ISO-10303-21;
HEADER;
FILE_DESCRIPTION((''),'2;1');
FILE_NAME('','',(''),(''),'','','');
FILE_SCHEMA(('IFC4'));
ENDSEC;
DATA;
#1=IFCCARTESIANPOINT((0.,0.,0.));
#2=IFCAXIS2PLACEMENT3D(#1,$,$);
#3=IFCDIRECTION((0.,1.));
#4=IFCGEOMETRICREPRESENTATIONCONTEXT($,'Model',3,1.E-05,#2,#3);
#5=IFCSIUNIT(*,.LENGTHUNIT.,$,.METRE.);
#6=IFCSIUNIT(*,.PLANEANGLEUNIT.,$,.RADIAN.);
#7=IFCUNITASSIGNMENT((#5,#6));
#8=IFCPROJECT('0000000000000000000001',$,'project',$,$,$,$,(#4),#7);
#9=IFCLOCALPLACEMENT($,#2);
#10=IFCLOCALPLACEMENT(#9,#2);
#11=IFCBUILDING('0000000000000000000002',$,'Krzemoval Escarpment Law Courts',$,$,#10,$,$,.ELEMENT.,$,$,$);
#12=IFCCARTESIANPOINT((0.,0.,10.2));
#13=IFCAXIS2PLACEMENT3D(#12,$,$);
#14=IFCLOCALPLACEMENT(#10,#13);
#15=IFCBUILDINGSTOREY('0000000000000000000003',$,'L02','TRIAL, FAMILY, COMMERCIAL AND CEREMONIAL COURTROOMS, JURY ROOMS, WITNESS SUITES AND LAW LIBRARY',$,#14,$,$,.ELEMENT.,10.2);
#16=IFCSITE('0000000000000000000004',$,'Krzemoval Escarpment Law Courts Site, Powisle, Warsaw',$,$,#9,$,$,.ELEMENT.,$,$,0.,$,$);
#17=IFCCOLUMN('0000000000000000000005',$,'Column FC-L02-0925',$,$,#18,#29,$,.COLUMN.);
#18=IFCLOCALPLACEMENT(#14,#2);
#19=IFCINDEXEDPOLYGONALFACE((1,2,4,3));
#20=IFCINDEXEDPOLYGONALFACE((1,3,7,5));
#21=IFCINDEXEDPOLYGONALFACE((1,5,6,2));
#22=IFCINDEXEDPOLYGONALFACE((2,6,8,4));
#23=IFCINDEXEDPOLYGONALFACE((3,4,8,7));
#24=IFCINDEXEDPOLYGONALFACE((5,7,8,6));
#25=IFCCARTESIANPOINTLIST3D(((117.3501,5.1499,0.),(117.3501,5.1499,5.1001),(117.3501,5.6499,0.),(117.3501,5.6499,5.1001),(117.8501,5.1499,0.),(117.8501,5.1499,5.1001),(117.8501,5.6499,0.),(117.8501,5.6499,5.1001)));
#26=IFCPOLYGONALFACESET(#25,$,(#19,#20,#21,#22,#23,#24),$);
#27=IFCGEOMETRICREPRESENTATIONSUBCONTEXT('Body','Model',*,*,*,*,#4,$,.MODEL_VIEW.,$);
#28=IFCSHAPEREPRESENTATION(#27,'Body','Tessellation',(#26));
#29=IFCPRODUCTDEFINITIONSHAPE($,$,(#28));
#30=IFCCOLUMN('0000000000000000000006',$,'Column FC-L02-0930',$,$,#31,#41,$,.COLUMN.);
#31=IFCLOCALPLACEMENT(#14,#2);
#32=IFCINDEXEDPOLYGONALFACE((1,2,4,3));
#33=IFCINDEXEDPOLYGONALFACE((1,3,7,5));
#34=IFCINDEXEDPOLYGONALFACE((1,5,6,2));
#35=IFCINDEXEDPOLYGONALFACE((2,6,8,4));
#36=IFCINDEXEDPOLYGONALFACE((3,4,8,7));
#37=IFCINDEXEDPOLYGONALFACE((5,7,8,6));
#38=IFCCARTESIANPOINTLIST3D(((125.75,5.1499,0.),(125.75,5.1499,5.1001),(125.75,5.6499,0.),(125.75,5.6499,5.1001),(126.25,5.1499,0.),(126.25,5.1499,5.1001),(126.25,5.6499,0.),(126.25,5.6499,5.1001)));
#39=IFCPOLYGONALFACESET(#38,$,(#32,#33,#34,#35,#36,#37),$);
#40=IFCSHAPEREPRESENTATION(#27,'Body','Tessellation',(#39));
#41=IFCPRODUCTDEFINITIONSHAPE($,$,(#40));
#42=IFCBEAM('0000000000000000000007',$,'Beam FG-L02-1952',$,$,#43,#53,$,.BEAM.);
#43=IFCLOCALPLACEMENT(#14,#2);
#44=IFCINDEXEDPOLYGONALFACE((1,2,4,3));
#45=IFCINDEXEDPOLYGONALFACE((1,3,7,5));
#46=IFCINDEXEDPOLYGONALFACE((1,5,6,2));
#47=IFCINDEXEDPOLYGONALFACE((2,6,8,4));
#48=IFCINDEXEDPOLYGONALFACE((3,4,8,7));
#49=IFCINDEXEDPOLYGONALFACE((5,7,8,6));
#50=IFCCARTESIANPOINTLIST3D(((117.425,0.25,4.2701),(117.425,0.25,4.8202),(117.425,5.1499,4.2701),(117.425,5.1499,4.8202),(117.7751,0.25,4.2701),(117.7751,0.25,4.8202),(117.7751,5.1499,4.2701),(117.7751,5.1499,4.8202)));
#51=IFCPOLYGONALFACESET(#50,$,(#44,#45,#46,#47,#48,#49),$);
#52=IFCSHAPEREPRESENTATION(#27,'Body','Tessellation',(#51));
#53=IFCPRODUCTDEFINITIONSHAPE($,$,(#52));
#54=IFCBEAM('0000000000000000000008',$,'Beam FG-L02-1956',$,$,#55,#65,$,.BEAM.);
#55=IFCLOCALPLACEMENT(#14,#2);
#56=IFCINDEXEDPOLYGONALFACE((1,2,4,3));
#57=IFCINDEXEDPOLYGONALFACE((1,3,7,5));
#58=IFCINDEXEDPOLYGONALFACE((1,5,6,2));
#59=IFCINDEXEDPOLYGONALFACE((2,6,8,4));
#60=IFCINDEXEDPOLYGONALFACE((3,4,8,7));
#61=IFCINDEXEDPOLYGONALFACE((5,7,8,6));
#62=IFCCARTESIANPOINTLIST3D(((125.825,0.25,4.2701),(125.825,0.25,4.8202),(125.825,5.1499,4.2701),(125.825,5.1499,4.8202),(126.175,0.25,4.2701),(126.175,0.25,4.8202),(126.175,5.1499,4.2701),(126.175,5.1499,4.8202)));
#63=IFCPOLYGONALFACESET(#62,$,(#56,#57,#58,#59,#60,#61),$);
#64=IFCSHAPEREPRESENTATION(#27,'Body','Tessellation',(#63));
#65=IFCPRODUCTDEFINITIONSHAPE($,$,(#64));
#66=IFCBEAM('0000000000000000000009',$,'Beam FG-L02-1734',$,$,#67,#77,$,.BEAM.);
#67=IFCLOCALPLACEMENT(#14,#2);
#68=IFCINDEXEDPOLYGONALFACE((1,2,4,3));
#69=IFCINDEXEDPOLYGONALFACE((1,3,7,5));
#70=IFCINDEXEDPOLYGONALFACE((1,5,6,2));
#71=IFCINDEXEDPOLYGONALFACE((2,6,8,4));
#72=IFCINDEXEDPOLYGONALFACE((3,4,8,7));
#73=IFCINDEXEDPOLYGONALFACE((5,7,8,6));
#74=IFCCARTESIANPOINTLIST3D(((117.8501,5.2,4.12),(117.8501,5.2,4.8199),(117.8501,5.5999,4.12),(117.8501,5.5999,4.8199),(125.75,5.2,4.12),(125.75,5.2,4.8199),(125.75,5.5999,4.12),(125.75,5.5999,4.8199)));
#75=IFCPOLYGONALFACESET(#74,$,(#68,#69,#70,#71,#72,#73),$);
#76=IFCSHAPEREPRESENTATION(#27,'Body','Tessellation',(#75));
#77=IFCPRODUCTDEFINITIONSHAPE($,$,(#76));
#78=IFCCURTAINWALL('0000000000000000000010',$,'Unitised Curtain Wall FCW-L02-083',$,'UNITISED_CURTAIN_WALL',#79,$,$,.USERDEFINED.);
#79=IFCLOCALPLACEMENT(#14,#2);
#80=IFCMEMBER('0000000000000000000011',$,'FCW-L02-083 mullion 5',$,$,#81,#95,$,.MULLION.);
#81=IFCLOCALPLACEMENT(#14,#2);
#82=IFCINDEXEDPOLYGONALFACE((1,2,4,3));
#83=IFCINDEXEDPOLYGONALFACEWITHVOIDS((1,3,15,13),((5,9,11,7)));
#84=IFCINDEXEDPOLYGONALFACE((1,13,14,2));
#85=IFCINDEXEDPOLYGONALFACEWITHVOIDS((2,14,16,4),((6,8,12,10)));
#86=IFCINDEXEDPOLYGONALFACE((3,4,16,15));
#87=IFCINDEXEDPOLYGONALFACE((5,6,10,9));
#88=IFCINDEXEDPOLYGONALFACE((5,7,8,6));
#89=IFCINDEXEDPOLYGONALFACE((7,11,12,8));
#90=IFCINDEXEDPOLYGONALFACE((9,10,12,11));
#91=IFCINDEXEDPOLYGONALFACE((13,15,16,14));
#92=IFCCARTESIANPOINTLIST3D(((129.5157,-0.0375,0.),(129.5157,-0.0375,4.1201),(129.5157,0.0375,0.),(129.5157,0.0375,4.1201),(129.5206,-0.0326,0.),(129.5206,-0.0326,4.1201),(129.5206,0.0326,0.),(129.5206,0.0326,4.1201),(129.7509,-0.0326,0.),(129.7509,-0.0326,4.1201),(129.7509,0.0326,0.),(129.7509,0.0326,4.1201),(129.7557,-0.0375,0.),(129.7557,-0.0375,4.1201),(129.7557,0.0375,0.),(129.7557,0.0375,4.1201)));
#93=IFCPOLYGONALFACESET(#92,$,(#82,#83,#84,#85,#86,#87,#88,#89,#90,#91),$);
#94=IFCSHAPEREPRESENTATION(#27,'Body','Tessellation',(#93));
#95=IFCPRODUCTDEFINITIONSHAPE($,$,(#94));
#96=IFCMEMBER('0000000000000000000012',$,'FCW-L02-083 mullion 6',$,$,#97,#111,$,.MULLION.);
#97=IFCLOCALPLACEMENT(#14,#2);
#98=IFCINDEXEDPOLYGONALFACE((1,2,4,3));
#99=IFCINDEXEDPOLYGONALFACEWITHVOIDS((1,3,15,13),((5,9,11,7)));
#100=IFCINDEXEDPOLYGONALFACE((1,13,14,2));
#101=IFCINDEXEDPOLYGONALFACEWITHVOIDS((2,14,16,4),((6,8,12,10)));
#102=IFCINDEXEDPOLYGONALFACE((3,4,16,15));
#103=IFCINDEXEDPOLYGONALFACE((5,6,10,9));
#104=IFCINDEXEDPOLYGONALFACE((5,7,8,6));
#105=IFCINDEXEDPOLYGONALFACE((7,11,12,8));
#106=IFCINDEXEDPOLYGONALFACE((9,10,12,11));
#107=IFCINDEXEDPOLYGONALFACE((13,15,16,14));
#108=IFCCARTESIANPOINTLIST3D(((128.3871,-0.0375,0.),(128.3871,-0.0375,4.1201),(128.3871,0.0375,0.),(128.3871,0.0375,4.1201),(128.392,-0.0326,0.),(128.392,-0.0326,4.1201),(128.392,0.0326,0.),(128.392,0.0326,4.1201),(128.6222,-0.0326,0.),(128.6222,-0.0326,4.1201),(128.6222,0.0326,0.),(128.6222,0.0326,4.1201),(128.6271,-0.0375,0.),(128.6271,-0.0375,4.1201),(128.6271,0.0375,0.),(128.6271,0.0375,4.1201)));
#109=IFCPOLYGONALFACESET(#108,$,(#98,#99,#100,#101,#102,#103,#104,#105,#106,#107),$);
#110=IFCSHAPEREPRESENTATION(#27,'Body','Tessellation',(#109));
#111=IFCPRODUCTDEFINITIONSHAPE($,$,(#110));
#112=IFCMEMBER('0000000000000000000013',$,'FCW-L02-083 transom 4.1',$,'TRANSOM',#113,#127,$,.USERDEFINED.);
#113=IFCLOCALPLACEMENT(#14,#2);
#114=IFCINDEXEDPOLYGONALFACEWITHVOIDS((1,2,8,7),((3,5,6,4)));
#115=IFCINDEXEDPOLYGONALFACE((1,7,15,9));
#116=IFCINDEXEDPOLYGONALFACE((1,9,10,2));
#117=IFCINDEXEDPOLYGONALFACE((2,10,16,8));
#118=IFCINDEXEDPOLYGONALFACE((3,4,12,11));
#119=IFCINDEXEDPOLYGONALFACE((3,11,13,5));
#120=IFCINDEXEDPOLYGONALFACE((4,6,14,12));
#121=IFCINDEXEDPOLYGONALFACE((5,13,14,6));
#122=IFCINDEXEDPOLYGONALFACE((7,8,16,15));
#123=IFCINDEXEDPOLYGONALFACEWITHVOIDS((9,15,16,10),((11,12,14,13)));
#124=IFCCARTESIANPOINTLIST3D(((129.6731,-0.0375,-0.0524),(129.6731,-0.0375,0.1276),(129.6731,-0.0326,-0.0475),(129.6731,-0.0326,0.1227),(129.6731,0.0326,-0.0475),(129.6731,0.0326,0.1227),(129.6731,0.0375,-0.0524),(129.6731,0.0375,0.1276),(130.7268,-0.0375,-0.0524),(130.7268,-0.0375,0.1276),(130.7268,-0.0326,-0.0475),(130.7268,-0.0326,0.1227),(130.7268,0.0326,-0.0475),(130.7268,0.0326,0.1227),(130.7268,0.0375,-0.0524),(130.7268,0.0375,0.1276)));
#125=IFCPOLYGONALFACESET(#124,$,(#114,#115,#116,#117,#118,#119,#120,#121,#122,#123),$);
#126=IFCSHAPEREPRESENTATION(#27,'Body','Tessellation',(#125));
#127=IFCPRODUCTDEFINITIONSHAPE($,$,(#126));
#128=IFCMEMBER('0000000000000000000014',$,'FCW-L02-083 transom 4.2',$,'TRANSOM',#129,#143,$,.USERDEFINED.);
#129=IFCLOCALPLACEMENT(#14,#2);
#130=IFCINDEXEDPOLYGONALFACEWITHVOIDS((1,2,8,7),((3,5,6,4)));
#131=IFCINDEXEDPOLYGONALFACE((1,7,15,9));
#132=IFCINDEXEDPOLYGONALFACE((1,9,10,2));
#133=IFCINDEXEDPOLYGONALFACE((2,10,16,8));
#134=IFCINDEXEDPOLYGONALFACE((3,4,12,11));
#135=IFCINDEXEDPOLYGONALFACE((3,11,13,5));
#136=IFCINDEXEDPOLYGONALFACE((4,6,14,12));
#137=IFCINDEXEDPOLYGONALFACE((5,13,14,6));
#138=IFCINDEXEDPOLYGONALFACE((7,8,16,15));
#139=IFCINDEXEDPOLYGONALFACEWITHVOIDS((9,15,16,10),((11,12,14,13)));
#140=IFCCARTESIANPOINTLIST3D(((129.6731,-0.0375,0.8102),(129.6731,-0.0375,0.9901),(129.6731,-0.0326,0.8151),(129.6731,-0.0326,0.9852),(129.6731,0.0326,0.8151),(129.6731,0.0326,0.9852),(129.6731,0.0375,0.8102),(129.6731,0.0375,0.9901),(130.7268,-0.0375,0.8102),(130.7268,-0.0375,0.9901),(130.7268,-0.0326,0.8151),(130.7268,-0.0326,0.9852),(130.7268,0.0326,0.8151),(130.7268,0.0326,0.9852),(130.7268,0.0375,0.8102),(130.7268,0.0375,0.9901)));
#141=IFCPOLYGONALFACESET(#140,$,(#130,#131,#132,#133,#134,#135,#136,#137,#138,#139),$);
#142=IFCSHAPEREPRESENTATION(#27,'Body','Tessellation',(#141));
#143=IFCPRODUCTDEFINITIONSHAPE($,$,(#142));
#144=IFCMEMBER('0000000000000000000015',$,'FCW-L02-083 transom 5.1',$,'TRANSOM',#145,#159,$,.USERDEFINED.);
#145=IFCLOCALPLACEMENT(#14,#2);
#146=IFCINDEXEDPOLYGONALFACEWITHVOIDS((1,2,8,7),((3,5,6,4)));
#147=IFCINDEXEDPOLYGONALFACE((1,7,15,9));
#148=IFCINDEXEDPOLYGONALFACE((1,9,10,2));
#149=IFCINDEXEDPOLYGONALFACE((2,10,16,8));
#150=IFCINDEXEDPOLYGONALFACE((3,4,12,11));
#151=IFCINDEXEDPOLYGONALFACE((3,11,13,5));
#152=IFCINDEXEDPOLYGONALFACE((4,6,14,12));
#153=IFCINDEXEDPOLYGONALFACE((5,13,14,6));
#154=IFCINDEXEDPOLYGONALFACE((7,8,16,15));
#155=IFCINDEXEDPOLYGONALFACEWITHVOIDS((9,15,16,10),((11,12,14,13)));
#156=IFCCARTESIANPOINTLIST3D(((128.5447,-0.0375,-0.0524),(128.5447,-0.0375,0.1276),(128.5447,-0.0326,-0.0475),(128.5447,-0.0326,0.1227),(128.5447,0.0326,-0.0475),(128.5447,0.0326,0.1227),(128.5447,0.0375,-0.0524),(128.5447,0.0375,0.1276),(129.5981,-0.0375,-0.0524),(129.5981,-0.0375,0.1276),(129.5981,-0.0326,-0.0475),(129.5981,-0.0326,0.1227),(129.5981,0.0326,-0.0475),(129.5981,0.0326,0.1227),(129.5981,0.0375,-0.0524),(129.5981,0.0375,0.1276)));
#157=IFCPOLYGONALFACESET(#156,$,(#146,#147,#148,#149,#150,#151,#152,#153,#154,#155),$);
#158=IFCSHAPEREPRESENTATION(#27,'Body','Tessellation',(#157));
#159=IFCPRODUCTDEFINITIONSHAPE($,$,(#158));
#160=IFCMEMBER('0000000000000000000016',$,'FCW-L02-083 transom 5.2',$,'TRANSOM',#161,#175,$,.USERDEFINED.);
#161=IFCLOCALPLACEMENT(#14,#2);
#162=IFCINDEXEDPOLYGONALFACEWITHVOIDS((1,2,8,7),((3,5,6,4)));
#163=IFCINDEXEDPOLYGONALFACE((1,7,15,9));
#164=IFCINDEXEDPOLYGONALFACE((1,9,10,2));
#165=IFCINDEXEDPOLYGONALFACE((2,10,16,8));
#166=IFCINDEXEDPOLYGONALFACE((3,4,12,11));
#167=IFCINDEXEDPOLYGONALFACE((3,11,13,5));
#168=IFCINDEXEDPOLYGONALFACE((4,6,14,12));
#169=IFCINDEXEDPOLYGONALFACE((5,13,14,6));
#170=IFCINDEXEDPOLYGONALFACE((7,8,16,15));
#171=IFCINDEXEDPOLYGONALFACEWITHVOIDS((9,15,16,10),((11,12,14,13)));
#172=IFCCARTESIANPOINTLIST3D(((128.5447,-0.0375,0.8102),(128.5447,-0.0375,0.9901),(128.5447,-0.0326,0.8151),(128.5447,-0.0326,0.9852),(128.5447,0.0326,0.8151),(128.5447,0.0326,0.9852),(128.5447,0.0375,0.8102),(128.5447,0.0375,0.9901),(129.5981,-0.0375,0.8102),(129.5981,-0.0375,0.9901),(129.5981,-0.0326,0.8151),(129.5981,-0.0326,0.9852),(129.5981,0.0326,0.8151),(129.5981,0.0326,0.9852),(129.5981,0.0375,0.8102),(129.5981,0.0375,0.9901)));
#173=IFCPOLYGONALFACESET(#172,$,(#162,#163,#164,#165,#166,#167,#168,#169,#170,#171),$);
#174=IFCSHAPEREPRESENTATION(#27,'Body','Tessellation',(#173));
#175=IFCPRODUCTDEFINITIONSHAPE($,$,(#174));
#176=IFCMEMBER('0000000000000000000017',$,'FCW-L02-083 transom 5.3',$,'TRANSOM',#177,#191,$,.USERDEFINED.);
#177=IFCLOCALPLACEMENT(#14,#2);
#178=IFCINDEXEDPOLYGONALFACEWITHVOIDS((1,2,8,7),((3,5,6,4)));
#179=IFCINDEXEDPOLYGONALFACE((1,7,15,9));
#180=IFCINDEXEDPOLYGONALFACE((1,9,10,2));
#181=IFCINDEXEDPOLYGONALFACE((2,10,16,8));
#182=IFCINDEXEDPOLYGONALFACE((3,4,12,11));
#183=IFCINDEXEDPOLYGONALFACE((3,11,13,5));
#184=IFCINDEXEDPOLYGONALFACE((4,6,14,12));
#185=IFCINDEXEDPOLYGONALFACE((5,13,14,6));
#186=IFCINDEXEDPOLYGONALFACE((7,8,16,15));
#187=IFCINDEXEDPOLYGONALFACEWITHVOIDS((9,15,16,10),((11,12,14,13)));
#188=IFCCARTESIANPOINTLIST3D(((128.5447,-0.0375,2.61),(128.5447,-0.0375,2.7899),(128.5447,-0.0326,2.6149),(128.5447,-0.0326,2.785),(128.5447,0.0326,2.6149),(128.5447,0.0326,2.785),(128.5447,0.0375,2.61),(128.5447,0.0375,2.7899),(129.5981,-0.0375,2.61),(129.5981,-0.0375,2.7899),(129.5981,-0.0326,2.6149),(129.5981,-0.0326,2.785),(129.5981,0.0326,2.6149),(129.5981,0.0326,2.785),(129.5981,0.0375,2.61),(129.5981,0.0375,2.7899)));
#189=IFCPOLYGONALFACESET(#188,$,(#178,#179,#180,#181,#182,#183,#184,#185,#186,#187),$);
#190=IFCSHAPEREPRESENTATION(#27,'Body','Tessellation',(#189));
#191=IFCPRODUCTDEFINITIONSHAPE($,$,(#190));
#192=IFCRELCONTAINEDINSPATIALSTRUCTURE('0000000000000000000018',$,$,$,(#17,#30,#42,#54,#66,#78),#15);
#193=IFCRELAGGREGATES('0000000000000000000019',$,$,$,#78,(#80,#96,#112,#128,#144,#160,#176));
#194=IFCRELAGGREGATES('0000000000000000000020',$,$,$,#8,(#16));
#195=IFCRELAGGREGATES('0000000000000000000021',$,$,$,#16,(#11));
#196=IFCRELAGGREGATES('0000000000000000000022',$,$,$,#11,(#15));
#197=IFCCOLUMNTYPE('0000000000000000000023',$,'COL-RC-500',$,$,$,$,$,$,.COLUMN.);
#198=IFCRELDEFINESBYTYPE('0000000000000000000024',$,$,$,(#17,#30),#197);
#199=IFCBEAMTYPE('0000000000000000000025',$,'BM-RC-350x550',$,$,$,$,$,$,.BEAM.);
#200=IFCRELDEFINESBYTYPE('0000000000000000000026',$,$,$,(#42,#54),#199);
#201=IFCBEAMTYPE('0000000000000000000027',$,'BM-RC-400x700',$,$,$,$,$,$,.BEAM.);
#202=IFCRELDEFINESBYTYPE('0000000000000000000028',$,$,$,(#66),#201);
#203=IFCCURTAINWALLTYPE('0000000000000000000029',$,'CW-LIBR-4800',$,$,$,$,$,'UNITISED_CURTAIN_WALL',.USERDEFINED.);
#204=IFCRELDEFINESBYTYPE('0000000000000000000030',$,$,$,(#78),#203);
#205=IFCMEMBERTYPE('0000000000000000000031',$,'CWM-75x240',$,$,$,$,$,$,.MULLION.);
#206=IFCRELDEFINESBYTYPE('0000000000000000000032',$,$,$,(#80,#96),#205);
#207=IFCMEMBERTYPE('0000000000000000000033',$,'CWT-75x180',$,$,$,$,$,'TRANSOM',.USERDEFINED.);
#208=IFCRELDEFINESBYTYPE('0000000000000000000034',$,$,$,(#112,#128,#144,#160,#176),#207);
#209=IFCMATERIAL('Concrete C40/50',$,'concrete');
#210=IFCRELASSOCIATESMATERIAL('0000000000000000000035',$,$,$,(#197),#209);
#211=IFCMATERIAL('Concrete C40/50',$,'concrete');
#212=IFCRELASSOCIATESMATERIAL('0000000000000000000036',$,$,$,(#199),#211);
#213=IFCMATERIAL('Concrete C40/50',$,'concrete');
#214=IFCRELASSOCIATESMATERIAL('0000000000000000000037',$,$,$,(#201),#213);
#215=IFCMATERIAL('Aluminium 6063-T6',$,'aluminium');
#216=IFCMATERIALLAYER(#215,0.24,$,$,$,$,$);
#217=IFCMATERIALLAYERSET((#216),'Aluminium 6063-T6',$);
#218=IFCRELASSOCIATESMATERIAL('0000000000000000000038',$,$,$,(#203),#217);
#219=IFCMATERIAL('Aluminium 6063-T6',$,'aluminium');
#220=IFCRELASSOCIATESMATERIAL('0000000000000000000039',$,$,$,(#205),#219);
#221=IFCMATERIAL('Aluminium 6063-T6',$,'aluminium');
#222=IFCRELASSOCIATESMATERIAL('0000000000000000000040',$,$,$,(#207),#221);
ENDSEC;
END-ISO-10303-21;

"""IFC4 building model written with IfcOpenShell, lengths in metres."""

from ifc_helpers import new_model, si_unit, direction, frame, origin, origin_2d, place, context, subcontext, project, spatial, rectangle, hollow_rectangle, extrude, material, layer, layer_set, material_profile, profile_set, type_object, element, aggregate, save


model = new_model("IFC4")

# Units and contexts
model_context = context("Model", 3, precision=1e-05, world=origin(), true_north=direction((0.0, 1.0)))
body_context = subcontext(model_context, "Body", "Model", "MODEL_VIEW")
ifc_project = project(units=[si_unit("LENGTHUNIT", "METRE"), si_unit("PLANEANGLEUNIT", "RADIAN")], contexts=[model_context])

# Site, building, storey
site_placement = place(None, origin())
site = spatial("IfcSite", under=ifc_project, at=site_placement, Name="Krzemoval Escarpment Law Courts Site, Powisle, Warsaw", CompositionType="ELEMENT", RefElevation=0.0)
building_placement = place(site_placement, origin())
building = spatial("IfcBuilding", under=site, at=building_placement, Name="Krzemoval Escarpment Law Courts", CompositionType="ELEMENT")
storey_placement = place(building_placement, frame((0.0, 0.0, 10.2)))
storey = spatial("IfcBuildingStorey", under=building, at=storey_placement, Name="L02", Description="TRIAL, FAMILY, COMMERCIAL AND CEREMONIAL COURTROOMS, JURY ROOMS, WITNESS SUITES AND LAW LIBRARY", CompositionType="ELEMENT", Elevation=10.2)

# Columns
ifc_material_1 = material(Name="Concrete C40/50", Category="concrete")
ifc_material_profile_1 = material_profile(ifc_material_1, rectangle(XDim=0.5, YDim=0.5, at=origin_2d()), Name="RC 500x500")
ifc_profile_set_1 = profile_set([ifc_material_profile_1], Name="Concrete C40/50")
column_type = type_object("IfcColumnType", Name="COL-RC-500", PredefinedType="COLUMN", material=ifc_profile_set_1)
for number, where, z_axis, x_axis, name in (
    (1, (117.6001, 5.3999, 0.0), (0.0, 0.0, 1.0), (1.0, 0.0, 0.0), "Column FC-L02-0925"),
    (2, (126.0, 5.3999, 0.0), (0.0, 0.0, 1.0), (1.0, 0.0, 0.0), "Column FC-L02-0930"),
):
    element("IfcColumn", number, at=place(storey_placement, frame(where, z_axis=z_axis, x_axis=x_axis)), inside=storey, type_object=column_type, Name=name, PredefinedType="COLUMN", context=body_context, shape_type="SweptSolid", body=[
        extrude(rectangle(XDim=0.5, YDim=0.5, at=origin_2d()), origin(), (0.0, 0.0, 1.0), 5.1001),
    ])

# Beams
ifc_material_2 = material(Name="Concrete C40/50", Category="concrete")
ifc_material_profile_2 = material_profile(ifc_material_2, rectangle(XDim=0.3501, YDim=0.55, at=origin_2d()), Name="RCB 350x550")
ifc_profile_set_2 = profile_set([ifc_material_profile_2], Name="Concrete C40/50")
beam_type_1 = type_object("IfcBeamType", Name="BM-RC-350x550", PredefinedType="BEAM", material=ifc_profile_set_2)
for number, where, z_axis, x_axis, name in (
    (3, (117.6001, 0.25, 4.5452), (0.0, 1.0, 0.0), (-1.0, 0.0, 0.0), "Beam FG-L02-1952"),
    (4, (126.0, 0.25, 4.5452), (0.0, 1.0, 0.0), (-1.0, 0.0, 0.0), "Beam FG-L02-1956"),
):
    element("IfcBeam", number, at=place(storey_placement, frame(where, z_axis=z_axis, x_axis=x_axis)), inside=storey, type_object=beam_type_1, Name=name, PredefinedType="BEAM", context=body_context, shape_type="SweptSolid", body=[
        extrude(rectangle(XDim=0.3501, YDim=0.55, at=origin_2d()), origin(), (0.0, 0.0, 1.0), 4.8999),
    ])
ifc_material_3 = material(Name="Concrete C40/50", Category="concrete")
ifc_material_profile_3 = material_profile(ifc_material_3, rectangle(XDim=0.3999, YDim=0.7, at=origin_2d()), Name="RCB 400x700")
ifc_profile_set_3 = profile_set([ifc_material_profile_3], Name="Concrete C40/50")
beam_type_2 = type_object("IfcBeamType", Name="BM-RC-400x700", PredefinedType="BEAM", material=ifc_profile_set_3)
beam_placement = place(storey_placement, frame((117.8501, 5.3999, 4.47), z_axis=(1.0, 0.0, 0.0), x_axis=(0.0, 1.0, 0.0)))
element("IfcBeam", 5, at=beam_placement, inside=storey, type_object=beam_type_2, Name="Beam FG-L02-1734", PredefinedType="BEAM", context=body_context, shape_type="SweptSolid", body=[
    extrude(rectangle(XDim=0.3999, YDim=0.7, at=origin_2d()), origin(), (0.0, 0.0, 1.0), 7.8999),
])

# Curtain wall, members
ifc_material_4 = material(Name="Aluminium 6063-T6", Category="aluminium")
ifc_layer_1 = layer(ifc_material_4, 0.24)
ifc_layer_set_1 = layer_set([ifc_layer_1], Name="Aluminium 6063-T6")
curtain_wall_type = type_object("IfcCurtainWallType", Name="CW-LIBR-4800", ElementType="UNITISED_CURTAIN_WALL", PredefinedType="USERDEFINED", material=ifc_layer_set_1)
curtain_wall_placement = place(storey_placement, origin())
curtain_wall = element("IfcCurtainWall", 6, at=curtain_wall_placement, inside=storey, type_object=curtain_wall_type, Name="Unitised Curtain Wall FCW-L02-083", ObjectType="UNITISED_CURTAIN_WALL", PredefinedType="USERDEFINED")
ifc_material_5 = material(Name="Aluminium 6063-T6", Category="aluminium")
ifc_material_profile_4 = material_profile(ifc_material_5, hollow_rectangle(XDim=0.075, YDim=0.24, WallThickness=0.0049, at=origin_2d()), Name="ALU M75x240")
ifc_profile_set_4 = profile_set([ifc_material_profile_4], Name="Aluminium 6063-T6")
member_type_1 = type_object("IfcMemberType", Name="CWM-75x240", PredefinedType="MULLION", material=ifc_profile_set_4)
member_1_placement = place(storey_placement, frame((129.6357, 0.0, 0.0), z_axis=(0.0, 0.0, 1.0), x_axis=(0.0, -1.0, 0.0)))
member_1 = element("IfcMember", 7, at=member_1_placement, type_object=member_type_1, Name="FCW-L02-083 mullion 5", PredefinedType="MULLION", context=body_context, shape_type="SweptSolid", body=[
    extrude(hollow_rectangle(XDim=0.075, YDim=0.24, WallThickness=0.0049, at=origin_2d()), origin(), (0.0, 0.0, 1.0), 4.1201),
])
member_2_placement = place(storey_placement, frame((128.5071, 0.0, 0.0), z_axis=(0.0, 0.0, 1.0), x_axis=(0.0, -1.0, 0.0)))
member_2 = element("IfcMember", 8, at=member_2_placement, type_object=member_type_1, Name="FCW-L02-083 mullion 6", PredefinedType="MULLION", context=body_context, shape_type="SweptSolid", body=[
    extrude(hollow_rectangle(XDim=0.075, YDim=0.24, WallThickness=0.0049, at=origin_2d()), origin(), (0.0, 0.0, 1.0), 4.1201),
])
ifc_material_6 = material(Name="Aluminium 6063-T6", Category="aluminium")
ifc_material_profile_5 = material_profile(ifc_material_6, hollow_rectangle(XDim=0.075, YDim=0.1799, WallThickness=0.0049, at=origin_2d()), Name="ALU T75x180")
ifc_profile_set_5 = profile_set([ifc_material_profile_5], Name="Aluminium 6063-T6")
member_type_2 = type_object("IfcMemberType", Name="CWT-75x180", ElementType="TRANSOM", PredefinedType="USERDEFINED", material=ifc_profile_set_5)
member_3_placement = place(storey_placement, frame((130.7268, 0.0, 0.0376), z_axis=(-1.0, 0.0, 0.0), x_axis=(0.0, -1.0, 0.0)))
member_3 = element("IfcMember", 9, at=member_3_placement, type_object=member_type_2, Name="FCW-L02-083 transom 4.1", ObjectType="TRANSOM", PredefinedType="USERDEFINED", context=body_context, shape_type="SweptSolid", body=[
    extrude(hollow_rectangle(XDim=0.075, YDim=0.1799, WallThickness=0.0049, at=origin_2d()), origin(), (0.0, 0.0, 1.0), 1.0537),
])
member_4_placement = place(storey_placement, frame((130.7268, 0.0, 0.9001), z_axis=(-1.0, 0.0, 0.0), x_axis=(0.0, -1.0, 0.0)))
member_4 = element("IfcMember", 10, at=member_4_placement, type_object=member_type_2, Name="FCW-L02-083 transom 4.2", ObjectType="TRANSOM", PredefinedType="USERDEFINED", context=body_context, shape_type="SweptSolid", body=[
    extrude(hollow_rectangle(XDim=0.075, YDim=0.1799, WallThickness=0.0049, at=origin_2d()), origin(), (0.0, 0.0, 1.0), 1.0537),
])
member_5_placement = place(storey_placement, frame((129.5981, 0.0, 0.0376), z_axis=(-1.0, 0.0, 0.0), x_axis=(0.0, -1.0, 0.0)))
member_5 = element("IfcMember", 11, at=member_5_placement, type_object=member_type_2, Name="FCW-L02-083 transom 5.1", ObjectType="TRANSOM", PredefinedType="USERDEFINED", context=body_context, shape_type="SweptSolid", body=[
    extrude(hollow_rectangle(XDim=0.075, YDim=0.1799, WallThickness=0.0049, at=origin_2d()), origin(), (0.0, 0.0, 1.0), 1.0535),
])
member_6_placement = place(storey_placement, frame((129.5981, 0.0, 0.9001), z_axis=(-1.0, 0.0, 0.0), x_axis=(0.0, -1.0, 0.0)))
member_6 = element("IfcMember", 12, at=member_6_placement, type_object=member_type_2, Name="FCW-L02-083 transom 5.2", ObjectType="TRANSOM", PredefinedType="USERDEFINED", context=body_context, shape_type="SweptSolid", body=[
    extrude(hollow_rectangle(XDim=0.075, YDim=0.1799, WallThickness=0.0049, at=origin_2d()), origin(), (0.0, 0.0, 1.0), 1.0535),
])
member_7_placement = place(storey_placement, frame((129.5981, 0.0, 2.7), z_axis=(-1.0, 0.0, 0.0), x_axis=(0.0, -1.0, 0.0)))
member_7 = element("IfcMember", 13, at=member_7_placement, type_object=member_type_2, Name="FCW-L02-083 transom 5.3", ObjectType="TRANSOM", PredefinedType="USERDEFINED", context=body_context, shape_type="SweptSolid", body=[
    extrude(hollow_rectangle(XDim=0.075, YDim=0.1799, WallThickness=0.0049, at=origin_2d()), origin(), (0.0, 0.0, 1.0), 1.0535),
])
aggregate(curtain_wall, [member_1, member_2, member_3, member_4, member_5, member_6, member_7])

save(model, "model.ifc")
